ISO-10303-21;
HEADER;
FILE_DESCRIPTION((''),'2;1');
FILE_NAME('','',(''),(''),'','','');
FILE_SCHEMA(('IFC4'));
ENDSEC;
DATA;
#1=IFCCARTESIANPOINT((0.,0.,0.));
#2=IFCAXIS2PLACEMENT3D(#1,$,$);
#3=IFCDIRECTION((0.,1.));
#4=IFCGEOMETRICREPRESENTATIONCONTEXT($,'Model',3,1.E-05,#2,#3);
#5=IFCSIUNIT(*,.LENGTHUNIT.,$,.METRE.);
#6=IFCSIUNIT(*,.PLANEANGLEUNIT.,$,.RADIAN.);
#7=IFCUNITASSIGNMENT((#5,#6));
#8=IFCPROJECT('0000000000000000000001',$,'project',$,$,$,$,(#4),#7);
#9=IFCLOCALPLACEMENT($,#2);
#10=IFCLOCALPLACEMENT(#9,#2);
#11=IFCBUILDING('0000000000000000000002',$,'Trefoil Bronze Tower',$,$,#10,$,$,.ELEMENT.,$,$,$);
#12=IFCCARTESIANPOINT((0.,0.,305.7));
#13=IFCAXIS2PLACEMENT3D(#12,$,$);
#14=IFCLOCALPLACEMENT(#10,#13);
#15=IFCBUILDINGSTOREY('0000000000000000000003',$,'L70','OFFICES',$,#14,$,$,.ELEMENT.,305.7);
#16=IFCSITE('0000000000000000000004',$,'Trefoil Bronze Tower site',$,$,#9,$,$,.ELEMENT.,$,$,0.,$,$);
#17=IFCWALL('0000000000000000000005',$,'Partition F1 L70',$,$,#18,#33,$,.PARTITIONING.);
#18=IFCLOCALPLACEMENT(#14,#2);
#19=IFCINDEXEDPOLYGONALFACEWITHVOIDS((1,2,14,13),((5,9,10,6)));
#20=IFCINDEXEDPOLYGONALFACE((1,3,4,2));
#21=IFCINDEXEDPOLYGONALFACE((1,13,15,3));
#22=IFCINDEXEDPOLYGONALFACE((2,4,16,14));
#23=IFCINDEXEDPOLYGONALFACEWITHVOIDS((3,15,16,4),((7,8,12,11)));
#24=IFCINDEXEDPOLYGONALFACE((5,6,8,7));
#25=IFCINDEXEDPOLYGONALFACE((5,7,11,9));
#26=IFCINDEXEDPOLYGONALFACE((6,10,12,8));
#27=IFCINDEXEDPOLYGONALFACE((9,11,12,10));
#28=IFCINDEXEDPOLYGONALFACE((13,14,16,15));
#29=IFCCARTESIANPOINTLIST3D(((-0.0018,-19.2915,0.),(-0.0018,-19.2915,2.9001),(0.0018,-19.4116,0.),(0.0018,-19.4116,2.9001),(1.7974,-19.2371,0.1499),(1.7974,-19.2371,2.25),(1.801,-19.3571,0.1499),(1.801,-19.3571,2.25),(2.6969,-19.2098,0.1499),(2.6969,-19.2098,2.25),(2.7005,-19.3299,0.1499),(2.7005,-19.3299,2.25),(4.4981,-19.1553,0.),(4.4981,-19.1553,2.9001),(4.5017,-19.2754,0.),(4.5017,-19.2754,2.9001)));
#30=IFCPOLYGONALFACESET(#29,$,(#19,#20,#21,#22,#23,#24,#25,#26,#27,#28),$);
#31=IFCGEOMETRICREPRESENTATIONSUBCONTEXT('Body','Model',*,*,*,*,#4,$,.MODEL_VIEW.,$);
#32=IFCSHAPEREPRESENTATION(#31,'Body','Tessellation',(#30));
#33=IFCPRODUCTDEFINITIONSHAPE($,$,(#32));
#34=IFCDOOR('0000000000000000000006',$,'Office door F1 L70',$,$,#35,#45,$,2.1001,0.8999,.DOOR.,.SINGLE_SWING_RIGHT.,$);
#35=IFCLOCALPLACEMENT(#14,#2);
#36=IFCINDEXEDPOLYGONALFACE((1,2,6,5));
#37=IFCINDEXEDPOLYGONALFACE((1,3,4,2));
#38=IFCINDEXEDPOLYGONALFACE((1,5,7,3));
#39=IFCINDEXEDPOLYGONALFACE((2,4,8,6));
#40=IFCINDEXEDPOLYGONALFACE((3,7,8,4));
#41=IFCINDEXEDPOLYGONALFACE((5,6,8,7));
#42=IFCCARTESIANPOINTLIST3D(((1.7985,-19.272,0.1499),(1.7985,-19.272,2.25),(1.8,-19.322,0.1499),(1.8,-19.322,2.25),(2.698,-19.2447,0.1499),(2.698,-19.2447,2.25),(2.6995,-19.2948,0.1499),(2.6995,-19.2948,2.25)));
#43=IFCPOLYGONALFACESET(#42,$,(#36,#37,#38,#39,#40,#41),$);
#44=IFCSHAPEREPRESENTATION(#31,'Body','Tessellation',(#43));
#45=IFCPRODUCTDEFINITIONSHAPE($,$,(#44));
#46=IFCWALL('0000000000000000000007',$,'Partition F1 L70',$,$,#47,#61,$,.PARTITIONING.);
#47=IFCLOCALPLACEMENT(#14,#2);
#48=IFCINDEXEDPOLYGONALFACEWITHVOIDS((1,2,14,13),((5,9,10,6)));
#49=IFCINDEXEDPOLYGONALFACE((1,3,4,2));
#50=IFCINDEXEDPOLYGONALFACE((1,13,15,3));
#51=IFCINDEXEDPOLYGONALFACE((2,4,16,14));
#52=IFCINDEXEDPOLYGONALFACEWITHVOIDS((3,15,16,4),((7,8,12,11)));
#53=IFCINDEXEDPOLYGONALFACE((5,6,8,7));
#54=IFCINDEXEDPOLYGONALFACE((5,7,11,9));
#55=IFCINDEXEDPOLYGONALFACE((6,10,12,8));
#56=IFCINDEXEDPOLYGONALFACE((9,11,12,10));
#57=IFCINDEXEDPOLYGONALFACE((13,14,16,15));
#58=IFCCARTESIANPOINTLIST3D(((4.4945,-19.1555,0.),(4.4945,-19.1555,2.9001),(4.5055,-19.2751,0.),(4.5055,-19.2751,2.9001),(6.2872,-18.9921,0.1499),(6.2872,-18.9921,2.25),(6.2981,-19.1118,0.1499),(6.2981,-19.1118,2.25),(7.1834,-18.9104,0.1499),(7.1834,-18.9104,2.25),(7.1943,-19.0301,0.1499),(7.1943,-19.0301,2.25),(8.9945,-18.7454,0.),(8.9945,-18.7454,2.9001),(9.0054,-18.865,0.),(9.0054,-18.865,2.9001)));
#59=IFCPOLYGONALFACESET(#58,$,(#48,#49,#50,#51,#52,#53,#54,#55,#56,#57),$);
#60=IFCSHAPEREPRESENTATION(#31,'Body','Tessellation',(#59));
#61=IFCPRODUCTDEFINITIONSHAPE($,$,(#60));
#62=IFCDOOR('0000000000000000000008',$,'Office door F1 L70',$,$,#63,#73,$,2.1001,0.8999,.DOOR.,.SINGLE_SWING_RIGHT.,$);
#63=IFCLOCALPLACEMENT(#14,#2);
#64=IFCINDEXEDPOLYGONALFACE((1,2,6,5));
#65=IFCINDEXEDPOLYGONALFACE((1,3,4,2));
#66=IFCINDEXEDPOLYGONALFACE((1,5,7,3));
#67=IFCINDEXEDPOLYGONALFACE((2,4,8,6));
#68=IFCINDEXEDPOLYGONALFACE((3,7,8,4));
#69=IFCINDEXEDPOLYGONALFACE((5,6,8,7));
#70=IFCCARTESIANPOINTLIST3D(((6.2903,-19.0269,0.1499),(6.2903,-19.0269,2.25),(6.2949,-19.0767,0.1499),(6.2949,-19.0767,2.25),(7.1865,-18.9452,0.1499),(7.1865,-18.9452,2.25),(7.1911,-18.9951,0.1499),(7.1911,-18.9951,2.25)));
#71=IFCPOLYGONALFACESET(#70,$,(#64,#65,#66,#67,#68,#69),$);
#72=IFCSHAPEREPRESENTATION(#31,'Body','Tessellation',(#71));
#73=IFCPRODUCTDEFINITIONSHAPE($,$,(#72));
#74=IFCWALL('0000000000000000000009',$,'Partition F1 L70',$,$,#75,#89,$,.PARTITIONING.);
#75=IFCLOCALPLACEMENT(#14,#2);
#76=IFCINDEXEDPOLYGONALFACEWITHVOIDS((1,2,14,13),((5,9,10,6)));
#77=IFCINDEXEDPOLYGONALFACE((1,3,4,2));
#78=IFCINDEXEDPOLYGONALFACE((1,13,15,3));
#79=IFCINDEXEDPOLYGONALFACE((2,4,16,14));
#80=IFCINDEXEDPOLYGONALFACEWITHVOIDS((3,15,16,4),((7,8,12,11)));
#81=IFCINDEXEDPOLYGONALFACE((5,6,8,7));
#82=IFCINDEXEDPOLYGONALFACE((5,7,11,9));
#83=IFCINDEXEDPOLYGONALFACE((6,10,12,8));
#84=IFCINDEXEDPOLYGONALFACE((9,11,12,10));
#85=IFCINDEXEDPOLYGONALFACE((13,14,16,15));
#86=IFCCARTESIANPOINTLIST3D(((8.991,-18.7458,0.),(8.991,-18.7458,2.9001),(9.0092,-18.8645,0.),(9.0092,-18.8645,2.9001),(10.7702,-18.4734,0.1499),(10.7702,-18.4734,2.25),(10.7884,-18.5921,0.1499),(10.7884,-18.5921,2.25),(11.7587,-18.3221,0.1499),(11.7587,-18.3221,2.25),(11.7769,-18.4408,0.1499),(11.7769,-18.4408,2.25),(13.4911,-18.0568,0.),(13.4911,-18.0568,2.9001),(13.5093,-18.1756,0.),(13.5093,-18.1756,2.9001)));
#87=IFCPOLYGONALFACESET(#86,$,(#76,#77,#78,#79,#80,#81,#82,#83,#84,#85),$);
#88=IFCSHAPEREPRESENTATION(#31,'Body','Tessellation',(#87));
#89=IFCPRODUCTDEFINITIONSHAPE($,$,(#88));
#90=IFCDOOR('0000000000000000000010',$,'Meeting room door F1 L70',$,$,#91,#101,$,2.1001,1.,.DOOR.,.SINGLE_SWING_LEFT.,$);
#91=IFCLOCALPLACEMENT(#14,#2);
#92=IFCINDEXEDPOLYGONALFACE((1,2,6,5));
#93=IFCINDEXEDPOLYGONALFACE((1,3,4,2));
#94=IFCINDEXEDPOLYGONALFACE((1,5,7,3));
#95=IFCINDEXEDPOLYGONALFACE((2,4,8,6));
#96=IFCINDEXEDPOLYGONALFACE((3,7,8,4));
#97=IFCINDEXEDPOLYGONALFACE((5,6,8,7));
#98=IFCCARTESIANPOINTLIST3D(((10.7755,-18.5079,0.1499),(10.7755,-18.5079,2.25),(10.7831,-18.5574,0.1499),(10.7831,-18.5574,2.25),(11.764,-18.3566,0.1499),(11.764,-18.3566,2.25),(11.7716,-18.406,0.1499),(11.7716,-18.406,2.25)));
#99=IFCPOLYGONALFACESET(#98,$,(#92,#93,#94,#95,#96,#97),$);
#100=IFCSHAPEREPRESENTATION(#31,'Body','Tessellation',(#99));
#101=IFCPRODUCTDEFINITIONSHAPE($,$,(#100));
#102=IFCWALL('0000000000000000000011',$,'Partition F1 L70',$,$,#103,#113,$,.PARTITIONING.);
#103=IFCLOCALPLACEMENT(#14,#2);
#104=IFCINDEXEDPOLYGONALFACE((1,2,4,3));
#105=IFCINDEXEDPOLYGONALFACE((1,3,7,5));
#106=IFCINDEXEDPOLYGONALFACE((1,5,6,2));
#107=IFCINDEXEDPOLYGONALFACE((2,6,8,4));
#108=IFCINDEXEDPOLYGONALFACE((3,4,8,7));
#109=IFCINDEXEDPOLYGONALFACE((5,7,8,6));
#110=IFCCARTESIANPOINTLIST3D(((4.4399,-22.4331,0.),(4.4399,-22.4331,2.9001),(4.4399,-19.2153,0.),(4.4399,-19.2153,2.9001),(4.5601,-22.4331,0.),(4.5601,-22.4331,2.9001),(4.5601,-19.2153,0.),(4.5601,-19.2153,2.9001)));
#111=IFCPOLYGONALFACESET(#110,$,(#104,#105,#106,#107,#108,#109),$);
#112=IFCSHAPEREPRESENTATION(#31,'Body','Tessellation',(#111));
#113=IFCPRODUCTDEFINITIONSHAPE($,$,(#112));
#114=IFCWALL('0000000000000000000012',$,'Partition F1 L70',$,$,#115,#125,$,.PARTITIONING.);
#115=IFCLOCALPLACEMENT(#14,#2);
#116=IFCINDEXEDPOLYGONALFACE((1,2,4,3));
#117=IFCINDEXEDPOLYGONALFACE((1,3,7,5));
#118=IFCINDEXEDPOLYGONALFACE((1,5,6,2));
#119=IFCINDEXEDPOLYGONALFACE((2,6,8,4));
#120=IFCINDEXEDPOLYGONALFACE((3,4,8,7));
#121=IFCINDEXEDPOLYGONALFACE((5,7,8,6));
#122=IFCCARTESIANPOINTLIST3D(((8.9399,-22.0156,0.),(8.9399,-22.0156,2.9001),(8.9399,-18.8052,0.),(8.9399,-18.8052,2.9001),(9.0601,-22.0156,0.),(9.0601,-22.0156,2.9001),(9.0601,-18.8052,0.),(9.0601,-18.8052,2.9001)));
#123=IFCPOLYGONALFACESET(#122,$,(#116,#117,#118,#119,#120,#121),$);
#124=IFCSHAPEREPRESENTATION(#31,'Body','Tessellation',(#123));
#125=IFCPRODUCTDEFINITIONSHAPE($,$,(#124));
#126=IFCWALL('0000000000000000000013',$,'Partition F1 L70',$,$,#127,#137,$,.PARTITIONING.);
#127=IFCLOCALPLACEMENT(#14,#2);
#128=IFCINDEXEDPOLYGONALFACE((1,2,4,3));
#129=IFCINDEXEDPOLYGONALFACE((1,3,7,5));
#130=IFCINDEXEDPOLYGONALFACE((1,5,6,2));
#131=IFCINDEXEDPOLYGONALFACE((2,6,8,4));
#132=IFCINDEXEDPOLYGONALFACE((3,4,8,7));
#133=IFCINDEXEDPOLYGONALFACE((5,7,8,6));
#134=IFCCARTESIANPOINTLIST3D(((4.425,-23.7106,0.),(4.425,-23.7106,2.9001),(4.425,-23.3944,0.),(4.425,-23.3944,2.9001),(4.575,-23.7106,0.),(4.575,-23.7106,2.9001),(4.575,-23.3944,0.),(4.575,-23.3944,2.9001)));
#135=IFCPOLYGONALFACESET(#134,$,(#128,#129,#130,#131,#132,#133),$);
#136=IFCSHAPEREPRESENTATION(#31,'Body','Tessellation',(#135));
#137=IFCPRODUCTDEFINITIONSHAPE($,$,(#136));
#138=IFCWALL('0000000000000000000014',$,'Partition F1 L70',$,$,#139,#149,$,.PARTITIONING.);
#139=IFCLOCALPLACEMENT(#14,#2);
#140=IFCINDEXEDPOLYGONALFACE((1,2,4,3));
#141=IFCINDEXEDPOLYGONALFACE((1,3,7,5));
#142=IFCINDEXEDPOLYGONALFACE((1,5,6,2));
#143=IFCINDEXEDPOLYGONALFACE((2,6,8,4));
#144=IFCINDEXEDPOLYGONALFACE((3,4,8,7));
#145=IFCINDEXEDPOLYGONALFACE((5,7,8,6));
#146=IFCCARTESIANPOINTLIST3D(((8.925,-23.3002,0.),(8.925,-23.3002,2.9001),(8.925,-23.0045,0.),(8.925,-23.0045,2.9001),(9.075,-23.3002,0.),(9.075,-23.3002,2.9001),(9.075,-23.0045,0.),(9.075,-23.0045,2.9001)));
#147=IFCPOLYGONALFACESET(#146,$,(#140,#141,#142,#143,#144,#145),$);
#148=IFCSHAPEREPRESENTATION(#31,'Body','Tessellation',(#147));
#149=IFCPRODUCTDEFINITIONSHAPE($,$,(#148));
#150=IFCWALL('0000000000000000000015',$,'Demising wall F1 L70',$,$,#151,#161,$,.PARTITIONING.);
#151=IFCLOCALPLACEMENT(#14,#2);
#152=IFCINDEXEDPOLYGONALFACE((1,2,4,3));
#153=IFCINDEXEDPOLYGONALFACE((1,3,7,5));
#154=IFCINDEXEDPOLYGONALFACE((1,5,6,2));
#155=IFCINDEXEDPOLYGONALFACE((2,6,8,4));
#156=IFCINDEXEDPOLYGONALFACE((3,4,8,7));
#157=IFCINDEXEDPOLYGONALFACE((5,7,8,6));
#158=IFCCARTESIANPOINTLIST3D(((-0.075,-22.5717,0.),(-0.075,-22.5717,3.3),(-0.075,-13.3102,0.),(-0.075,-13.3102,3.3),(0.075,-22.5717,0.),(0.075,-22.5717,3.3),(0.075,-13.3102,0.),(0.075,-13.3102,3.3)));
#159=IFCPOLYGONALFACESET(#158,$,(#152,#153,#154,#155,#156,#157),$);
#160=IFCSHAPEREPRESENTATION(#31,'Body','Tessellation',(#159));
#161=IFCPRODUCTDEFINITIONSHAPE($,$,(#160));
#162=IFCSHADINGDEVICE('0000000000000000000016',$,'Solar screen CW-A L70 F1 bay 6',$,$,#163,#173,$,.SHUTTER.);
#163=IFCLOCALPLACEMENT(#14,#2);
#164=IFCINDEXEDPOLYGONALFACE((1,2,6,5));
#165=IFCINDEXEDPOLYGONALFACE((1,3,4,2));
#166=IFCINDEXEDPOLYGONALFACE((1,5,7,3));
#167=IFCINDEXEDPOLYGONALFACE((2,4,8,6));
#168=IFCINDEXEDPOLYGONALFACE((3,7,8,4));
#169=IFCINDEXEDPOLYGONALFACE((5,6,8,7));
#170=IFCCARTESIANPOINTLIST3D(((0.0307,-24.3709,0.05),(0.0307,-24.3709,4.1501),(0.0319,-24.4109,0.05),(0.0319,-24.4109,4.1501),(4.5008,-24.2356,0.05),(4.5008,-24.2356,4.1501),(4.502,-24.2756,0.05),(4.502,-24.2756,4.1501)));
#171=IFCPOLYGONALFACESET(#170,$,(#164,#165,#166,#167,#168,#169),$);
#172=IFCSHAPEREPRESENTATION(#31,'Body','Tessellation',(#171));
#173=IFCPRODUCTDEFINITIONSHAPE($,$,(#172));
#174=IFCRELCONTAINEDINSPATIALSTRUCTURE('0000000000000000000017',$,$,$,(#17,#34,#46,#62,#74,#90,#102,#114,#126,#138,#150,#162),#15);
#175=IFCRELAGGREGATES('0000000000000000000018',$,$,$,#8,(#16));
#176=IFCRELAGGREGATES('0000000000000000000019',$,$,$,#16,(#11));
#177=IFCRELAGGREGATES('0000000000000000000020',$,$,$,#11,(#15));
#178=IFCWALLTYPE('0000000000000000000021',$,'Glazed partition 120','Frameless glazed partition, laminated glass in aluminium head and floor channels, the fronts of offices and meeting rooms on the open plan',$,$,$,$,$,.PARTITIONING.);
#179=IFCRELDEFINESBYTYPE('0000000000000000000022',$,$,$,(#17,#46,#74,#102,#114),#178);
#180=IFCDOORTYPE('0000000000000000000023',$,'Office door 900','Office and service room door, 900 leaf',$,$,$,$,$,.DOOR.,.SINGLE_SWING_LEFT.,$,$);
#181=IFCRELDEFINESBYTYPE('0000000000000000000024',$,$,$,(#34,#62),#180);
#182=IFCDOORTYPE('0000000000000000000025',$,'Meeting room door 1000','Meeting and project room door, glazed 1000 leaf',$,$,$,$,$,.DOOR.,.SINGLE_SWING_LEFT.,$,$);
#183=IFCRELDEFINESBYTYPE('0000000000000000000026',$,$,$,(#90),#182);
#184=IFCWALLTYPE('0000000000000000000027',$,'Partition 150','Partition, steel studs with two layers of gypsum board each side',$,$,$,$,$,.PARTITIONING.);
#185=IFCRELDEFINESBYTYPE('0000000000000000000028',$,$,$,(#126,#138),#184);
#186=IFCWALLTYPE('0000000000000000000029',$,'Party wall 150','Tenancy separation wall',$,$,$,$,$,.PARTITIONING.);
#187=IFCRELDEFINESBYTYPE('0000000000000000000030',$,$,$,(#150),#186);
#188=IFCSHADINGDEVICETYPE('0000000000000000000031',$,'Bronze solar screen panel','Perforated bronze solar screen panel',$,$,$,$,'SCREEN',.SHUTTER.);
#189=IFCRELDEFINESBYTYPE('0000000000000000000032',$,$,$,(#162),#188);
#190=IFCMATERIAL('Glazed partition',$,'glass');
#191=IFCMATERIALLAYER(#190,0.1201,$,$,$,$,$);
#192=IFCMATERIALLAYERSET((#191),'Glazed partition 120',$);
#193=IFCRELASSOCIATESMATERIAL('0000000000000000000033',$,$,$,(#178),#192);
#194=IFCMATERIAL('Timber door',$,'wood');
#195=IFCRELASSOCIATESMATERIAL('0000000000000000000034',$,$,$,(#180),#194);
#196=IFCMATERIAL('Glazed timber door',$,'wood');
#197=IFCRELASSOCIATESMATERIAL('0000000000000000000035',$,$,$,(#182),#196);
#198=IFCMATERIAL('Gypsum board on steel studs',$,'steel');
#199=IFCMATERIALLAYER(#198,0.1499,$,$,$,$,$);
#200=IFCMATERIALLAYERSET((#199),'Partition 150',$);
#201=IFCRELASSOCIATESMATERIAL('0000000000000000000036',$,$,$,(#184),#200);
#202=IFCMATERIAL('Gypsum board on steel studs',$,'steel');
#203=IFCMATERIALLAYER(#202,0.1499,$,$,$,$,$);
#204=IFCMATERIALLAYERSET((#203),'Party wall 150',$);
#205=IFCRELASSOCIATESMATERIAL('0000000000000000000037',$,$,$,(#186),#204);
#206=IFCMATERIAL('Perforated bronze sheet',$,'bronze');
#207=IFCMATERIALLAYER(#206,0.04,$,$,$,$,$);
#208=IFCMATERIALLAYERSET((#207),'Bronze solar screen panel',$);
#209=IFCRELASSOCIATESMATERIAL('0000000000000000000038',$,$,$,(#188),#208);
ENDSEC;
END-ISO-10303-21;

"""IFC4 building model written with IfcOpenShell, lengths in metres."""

from ifc_helpers import new_model, si_unit, direction, frame, frame_2d, origin, origin_2d, place, context, subcontext, project, spatial, rectangle, extrude, material, layer, layer_set, type_object, element, fill, save


model = new_model("IFC4")

# Units and contexts
model_context = context("Model", 3, precision=1e-05, world=origin(), true_north=direction((0.0, 1.0)))
body_context = subcontext(model_context, "Body", "Model", "MODEL_VIEW")
ifc_project = project(units=[si_unit("LENGTHUNIT", "METRE"), si_unit("PLANEANGLEUNIT", "RADIAN")], contexts=[model_context])

# Site, building, storey
site_placement = place(None, origin())
site = spatial("IfcSite", under=ifc_project, at=site_placement, Name="Trefoil Bronze Tower site", CompositionType="ELEMENT", RefElevation=0.0)
building_placement = place(site_placement, origin())
building = spatial("IfcBuilding", under=site, at=building_placement, Name="Trefoil Bronze Tower", CompositionType="ELEMENT")
storey_placement = place(building_placement, frame((0.0, 0.0, 305.7)))
storey = spatial("IfcBuildingStorey", under=building, at=storey_placement, Name="L70", Description="OFFICES", CompositionType="ELEMENT", Elevation=305.7)

# Walls, openings, doors
ifc_material_1 = material(Name="Glazed partition", Category="glass")
ifc_layer_1 = layer(ifc_material_1, 0.1201)
ifc_layer_set_1 = layer_set([ifc_layer_1], Name="Glazed partition 120")
wall_type_1 = type_object("IfcWallType", Name="Glazed partition 120", Description="Frameless glazed partition, laminated glass in aluminium head and floor channels, the fronts of offices and meeting rooms on the open plan", PredefinedType="PARTITIONING", material=ifc_layer_set_1)
wall_1_placement = place(storey_placement, frame((0.0, -19.3516, 0.0), z_axis=(0.0, 0.0, 1.0), x_axis=(0.999542, 0.03026, 0.0)))
wall_1 = element("IfcWall", 1, at=wall_1_placement, inside=storey, type_object=wall_type_1, Name="Partition F1 L70", PredefinedType="PARTITIONING", context=body_context, shape_type="SweptSolid", body=[
    extrude(rectangle(XDim=4.502, YDim=0.1201, at=frame_2d((2.251, 0.0))), origin(), (0.0, 0.0, 1.0), 2.9001),
])
opening_1_placement = place(wall_1_placement, frame((1.8, 0.0, 0.1499)))
opening_1 = element("IfcOpeningElement", 2, at=opening_1_placement, cuts=wall_1, PredefinedType="OPENING", context=body_context, shape_type="SweptSolid", body=[
    extrude(rectangle(XDim=0.8999, YDim=2.1001, at=frame_2d((0.45, 1.05))), frame((0.0, 0.0701, 0.0), z_axis=(0.0, -1.0, 0.0), x_axis=(1.0, 0.0, 0.0)), (0.0, 0.0, 1.0), 0.1401),
])
ifc_material_2 = material(Name="Timber door", Category="wood")
door_type_1 = type_object("IfcDoorType", Name="Office door 900", Description="Office and service room door, 900 leaf", OperationType="SINGLE_SWING_LEFT", PredefinedType="DOOR", material=ifc_material_2)
door_1_placement = place(opening_1_placement, frame((0.8999, 0.0, 0.0), z_axis=(0.0, 0.0, 1.0), x_axis=(-1.0, 0.0, 0.0)))
door_1 = element("IfcDoor", 3, at=door_1_placement, inside=storey, type_object=door_type_1, Name="Office door F1 L70", OperationType="SINGLE_SWING_RIGHT", OverallHeight=2.1001, OverallWidth=0.8999, PredefinedType="DOOR", context=body_context, shape_type="SweptSolid", body=[
    extrude(rectangle(XDim=0.8999, YDim=2.1001, at=frame_2d((0.45, 1.05))), frame((0.0, 0.0249, 0.0), z_axis=(0.0, -1.0, 0.0), x_axis=(1.0, 0.0, 0.0)), (0.0, 0.0, 1.0), 0.05),
])
fill(opening_1, door_1)
wall_2_placement = place(storey_placement, frame((4.5, -19.2153, 0.0), z_axis=(0.0, 0.0, 1.0), x_axis=(0.995872, 0.09077, 0.0)))
wall_2 = element("IfcWall", 4, at=wall_2_placement, inside=storey, type_object=wall_type_1, Name="Partition F1 L70", PredefinedType="PARTITIONING", context=body_context, shape_type="SweptSolid", body=[
    extrude(rectangle(XDim=4.5186, YDim=0.1201, at=frame_2d((2.2593, 0.0))), origin(), (0.0, 0.0, 1.0), 2.9001),
])
opening_2_placement = place(wall_2_placement, frame((1.8, 0.0, 0.1499)))
opening_2 = element("IfcOpeningElement", 5, at=opening_2_placement, cuts=wall_2, PredefinedType="OPENING", context=body_context, shape_type="SweptSolid", body=[
    extrude(rectangle(XDim=0.8999, YDim=2.1001, at=frame_2d((0.45, 1.05))), frame((0.0, 0.0701, 0.0), z_axis=(0.0, -1.0, 0.0), x_axis=(1.0, 0.0, 0.0)), (0.0, 0.0, 1.0), 0.1401),
])
door_2_placement = place(opening_2_placement, frame((0.8999, 0.0, 0.0), z_axis=(0.0, 0.0, 1.0), x_axis=(-1.0, 0.0, 0.0)))
door_2 = element("IfcDoor", 6, at=door_2_placement, inside=storey, type_object=door_type_1, Name="Office door F1 L70", OperationType="SINGLE_SWING_RIGHT", OverallHeight=2.1001, OverallWidth=0.8999, PredefinedType="DOOR", context=body_context, shape_type="SweptSolid", body=[
    extrude(rectangle(XDim=0.8999, YDim=2.1001, at=frame_2d((0.45, 1.05))), frame((0.0, 0.0249, 0.0), z_axis=(0.0, -1.0, 0.0), x_axis=(1.0, 0.0, 0.0)), (0.0, 0.0, 1.0), 0.05),
])
fill(opening_2, door_2)
wall_3_placement = place(storey_placement, frame((9.0, -18.8052, 0.0), z_axis=(0.0, 0.0, 1.0), x_axis=(0.988482, 0.15134, 0.0)))
wall_3 = element("IfcWall", 7, at=wall_3_placement, inside=storey, type_object=wall_type_1, Name="Partition F1 L70", PredefinedType="PARTITIONING", context=body_context, shape_type="SweptSolid", body=[
    extrude(rectangle(XDim=4.5525, YDim=0.1201, at=frame_2d((2.2764, 0.0))), origin(), (0.0, 0.0, 1.0), 2.9001),
])
opening_3_placement = place(wall_3_placement, frame((1.8, 0.0, 0.1499)))
opening_3 = element("IfcOpeningElement", 8, at=opening_3_placement, cuts=wall_3, PredefinedType="OPENING", context=body_context, shape_type="SweptSolid", body=[
    extrude(rectangle(XDim=1.0, YDim=2.1001, at=frame_2d((0.5, 1.05))), frame((0.0, 0.0701, 0.0), z_axis=(0.0, -1.0, 0.0), x_axis=(1.0, 0.0, 0.0)), (0.0, 0.0, 1.0), 0.1401),
])
ifc_material_3 = material(Name="Glazed timber door", Category="wood")
door_type_2 = type_object("IfcDoorType", Name="Meeting room door 1000", Description="Meeting and project room door, glazed 1000 leaf", OperationType="SINGLE_SWING_LEFT", PredefinedType="DOOR", material=ifc_material_3)
door_3_placement = place(opening_3_placement, frame((1.0, 0.0, 0.0), z_axis=(0.0, 0.0, 1.0), x_axis=(-1.0, 0.0, 0.0)))
door_3 = element("IfcDoor", 9, at=door_3_placement, inside=storey, type_object=door_type_2, Name="Meeting room door F1 L70", OperationType="SINGLE_SWING_LEFT", OverallHeight=2.1001, OverallWidth=1.0, PredefinedType="DOOR", context=body_context, shape_type="SweptSolid", body=[
    extrude(rectangle(XDim=1.0, YDim=2.1001, at=frame_2d((0.5, 1.05))), frame((0.0, 0.0249, 0.0), z_axis=(0.0, -1.0, 0.0), x_axis=(1.0, 0.0, 0.0)), (0.0, 0.0, 1.0), 0.05),
])
fill(opening_3, door_3)

# Walls
wall_4_placement = place(storey_placement, frame((4.5, -19.2153, 0.0), z_axis=(0.0, 0.0, 1.0), x_axis=(0.0, -1.0, 0.0)))
element("IfcWall", 10, at=wall_4_placement, inside=storey, type_object=wall_type_1, Name="Partition F1 L70", PredefinedType="PARTITIONING", context=body_context, shape_type="SweptSolid", body=[
    extrude(rectangle(XDim=3.2178, YDim=0.1201, at=frame_2d((1.6089, 0.0))), origin(), (0.0, 0.0, 1.0), 2.9001),
])
wall_5_placement = place(storey_placement, frame((9.0, -18.8052, 0.0), z_axis=(0.0, 0.0, 1.0), x_axis=(0.0, -1.0, 0.0)))
element("IfcWall", 11, at=wall_5_placement, inside=storey, type_object=wall_type_1, Name="Partition F1 L70", PredefinedType="PARTITIONING", context=body_context, shape_type="SweptSolid", body=[
    extrude(rectangle(XDim=3.2104, YDim=0.1201, at=frame_2d((1.6052, 0.0))), origin(), (0.0, 0.0, 1.0), 2.9001),
])
ifc_material_4 = material(Name="Gypsum board on steel studs", Category="steel")
ifc_layer_2 = layer(ifc_material_4, 0.1499)
ifc_layer_set_2 = layer_set([ifc_layer_2], Name="Partition 150")
wall_type_2 = type_object("IfcWallType", Name="Partition 150", Description="Partition, steel studs with two layers of gypsum board each side", PredefinedType="PARTITIONING", material=ifc_layer_set_2)
wall_6_placement = place(storey_placement, frame((4.5, -23.3943, 0.0), z_axis=(0.0, 0.0, 1.0), x_axis=(0.0, -1.0, 0.0)))
element("IfcWall", 12, at=wall_6_placement, inside=storey, type_object=wall_type_2, Name="Partition F1 L70", PredefinedType="PARTITIONING", context=body_context, shape_type="SweptSolid", body=[
    extrude(rectangle(XDim=0.3162, YDim=0.1499, at=frame_2d((0.1582, 0.0))), origin(), (0.0, 0.0, 1.0), 2.9001),
])
wall_7_placement = place(storey_placement, frame((9.0, -23.0044, 0.0), z_axis=(0.0, 0.0, 1.0), x_axis=(0.0, -1.0, 0.0)))
element("IfcWall", 13, at=wall_7_placement, inside=storey, type_object=wall_type_2, Name="Partition F1 L70", PredefinedType="PARTITIONING", context=body_context, shape_type="SweptSolid", body=[
    extrude(rectangle(XDim=0.2957, YDim=0.1499, at=frame_2d((0.1479, 0.0))), origin(), (0.0, 0.0, 1.0), 2.9001),
])
ifc_material_5 = material(Name="Gypsum board on steel studs", Category="steel")
ifc_layer_3 = layer(ifc_material_5, 0.1499)
ifc_layer_set_3 = layer_set([ifc_layer_3], Name="Party wall 150")
wall_type_3 = type_object("IfcWallType", Name="Party wall 150", Description="Tenancy separation wall", PredefinedType="PARTITIONING", material=ifc_layer_set_3)
wall_8_placement = place(storey_placement, frame((0.0, -13.3101, 0.0), z_axis=(0.0, 0.0, 1.0), x_axis=(0.0, -1.0, 0.0)))
element("IfcWall", 14, at=wall_8_placement, inside=storey, type_object=wall_type_3, Name="Demising wall F1 L70", PredefinedType="PARTITIONING", context=body_context, shape_type="SweptSolid", body=[
    extrude(rectangle(XDim=9.2615, YDim=0.1499, at=frame_2d((4.6309, 0.0))), origin(), (0.0, 0.0, 1.0), 3.3),
])

# Shading device
ifc_material_6 = material(Name="Perforated bronze sheet", Category="bronze")
ifc_layer_4 = layer(ifc_material_6, 0.04)
ifc_layer_set_4 = layer_set([ifc_layer_4], Name="Bronze solar screen panel")
shading_device_type = type_object("IfcShadingDeviceType", Name="Bronze solar screen panel", Description="Perforated bronze solar screen panel", ElementType="SCREEN", PredefinedType="SHUTTER", material=ifc_layer_set_4)
shading_device_1_placement = place(storey_placement, frame((2.2664, -24.3232, 0.05), z_axis=(0.0, 0.0, 1.0), x_axis=(0.999542, 0.030263, 0.0)))
element("IfcShadingDevice", 15, at=shading_device_1_placement, inside=storey, type_object=shading_device_type, Name="Solar screen CW-A L70 F1 bay 6", PredefinedType="SHUTTER", context=body_context, shape_type="SweptSolid", body=[
    extrude(rectangle(XDim=4.4722, YDim=0.04, at=origin_2d()), origin(), (0.0, 0.0, 1.0), 4.1001),
])

save(model, "model.ifc")
